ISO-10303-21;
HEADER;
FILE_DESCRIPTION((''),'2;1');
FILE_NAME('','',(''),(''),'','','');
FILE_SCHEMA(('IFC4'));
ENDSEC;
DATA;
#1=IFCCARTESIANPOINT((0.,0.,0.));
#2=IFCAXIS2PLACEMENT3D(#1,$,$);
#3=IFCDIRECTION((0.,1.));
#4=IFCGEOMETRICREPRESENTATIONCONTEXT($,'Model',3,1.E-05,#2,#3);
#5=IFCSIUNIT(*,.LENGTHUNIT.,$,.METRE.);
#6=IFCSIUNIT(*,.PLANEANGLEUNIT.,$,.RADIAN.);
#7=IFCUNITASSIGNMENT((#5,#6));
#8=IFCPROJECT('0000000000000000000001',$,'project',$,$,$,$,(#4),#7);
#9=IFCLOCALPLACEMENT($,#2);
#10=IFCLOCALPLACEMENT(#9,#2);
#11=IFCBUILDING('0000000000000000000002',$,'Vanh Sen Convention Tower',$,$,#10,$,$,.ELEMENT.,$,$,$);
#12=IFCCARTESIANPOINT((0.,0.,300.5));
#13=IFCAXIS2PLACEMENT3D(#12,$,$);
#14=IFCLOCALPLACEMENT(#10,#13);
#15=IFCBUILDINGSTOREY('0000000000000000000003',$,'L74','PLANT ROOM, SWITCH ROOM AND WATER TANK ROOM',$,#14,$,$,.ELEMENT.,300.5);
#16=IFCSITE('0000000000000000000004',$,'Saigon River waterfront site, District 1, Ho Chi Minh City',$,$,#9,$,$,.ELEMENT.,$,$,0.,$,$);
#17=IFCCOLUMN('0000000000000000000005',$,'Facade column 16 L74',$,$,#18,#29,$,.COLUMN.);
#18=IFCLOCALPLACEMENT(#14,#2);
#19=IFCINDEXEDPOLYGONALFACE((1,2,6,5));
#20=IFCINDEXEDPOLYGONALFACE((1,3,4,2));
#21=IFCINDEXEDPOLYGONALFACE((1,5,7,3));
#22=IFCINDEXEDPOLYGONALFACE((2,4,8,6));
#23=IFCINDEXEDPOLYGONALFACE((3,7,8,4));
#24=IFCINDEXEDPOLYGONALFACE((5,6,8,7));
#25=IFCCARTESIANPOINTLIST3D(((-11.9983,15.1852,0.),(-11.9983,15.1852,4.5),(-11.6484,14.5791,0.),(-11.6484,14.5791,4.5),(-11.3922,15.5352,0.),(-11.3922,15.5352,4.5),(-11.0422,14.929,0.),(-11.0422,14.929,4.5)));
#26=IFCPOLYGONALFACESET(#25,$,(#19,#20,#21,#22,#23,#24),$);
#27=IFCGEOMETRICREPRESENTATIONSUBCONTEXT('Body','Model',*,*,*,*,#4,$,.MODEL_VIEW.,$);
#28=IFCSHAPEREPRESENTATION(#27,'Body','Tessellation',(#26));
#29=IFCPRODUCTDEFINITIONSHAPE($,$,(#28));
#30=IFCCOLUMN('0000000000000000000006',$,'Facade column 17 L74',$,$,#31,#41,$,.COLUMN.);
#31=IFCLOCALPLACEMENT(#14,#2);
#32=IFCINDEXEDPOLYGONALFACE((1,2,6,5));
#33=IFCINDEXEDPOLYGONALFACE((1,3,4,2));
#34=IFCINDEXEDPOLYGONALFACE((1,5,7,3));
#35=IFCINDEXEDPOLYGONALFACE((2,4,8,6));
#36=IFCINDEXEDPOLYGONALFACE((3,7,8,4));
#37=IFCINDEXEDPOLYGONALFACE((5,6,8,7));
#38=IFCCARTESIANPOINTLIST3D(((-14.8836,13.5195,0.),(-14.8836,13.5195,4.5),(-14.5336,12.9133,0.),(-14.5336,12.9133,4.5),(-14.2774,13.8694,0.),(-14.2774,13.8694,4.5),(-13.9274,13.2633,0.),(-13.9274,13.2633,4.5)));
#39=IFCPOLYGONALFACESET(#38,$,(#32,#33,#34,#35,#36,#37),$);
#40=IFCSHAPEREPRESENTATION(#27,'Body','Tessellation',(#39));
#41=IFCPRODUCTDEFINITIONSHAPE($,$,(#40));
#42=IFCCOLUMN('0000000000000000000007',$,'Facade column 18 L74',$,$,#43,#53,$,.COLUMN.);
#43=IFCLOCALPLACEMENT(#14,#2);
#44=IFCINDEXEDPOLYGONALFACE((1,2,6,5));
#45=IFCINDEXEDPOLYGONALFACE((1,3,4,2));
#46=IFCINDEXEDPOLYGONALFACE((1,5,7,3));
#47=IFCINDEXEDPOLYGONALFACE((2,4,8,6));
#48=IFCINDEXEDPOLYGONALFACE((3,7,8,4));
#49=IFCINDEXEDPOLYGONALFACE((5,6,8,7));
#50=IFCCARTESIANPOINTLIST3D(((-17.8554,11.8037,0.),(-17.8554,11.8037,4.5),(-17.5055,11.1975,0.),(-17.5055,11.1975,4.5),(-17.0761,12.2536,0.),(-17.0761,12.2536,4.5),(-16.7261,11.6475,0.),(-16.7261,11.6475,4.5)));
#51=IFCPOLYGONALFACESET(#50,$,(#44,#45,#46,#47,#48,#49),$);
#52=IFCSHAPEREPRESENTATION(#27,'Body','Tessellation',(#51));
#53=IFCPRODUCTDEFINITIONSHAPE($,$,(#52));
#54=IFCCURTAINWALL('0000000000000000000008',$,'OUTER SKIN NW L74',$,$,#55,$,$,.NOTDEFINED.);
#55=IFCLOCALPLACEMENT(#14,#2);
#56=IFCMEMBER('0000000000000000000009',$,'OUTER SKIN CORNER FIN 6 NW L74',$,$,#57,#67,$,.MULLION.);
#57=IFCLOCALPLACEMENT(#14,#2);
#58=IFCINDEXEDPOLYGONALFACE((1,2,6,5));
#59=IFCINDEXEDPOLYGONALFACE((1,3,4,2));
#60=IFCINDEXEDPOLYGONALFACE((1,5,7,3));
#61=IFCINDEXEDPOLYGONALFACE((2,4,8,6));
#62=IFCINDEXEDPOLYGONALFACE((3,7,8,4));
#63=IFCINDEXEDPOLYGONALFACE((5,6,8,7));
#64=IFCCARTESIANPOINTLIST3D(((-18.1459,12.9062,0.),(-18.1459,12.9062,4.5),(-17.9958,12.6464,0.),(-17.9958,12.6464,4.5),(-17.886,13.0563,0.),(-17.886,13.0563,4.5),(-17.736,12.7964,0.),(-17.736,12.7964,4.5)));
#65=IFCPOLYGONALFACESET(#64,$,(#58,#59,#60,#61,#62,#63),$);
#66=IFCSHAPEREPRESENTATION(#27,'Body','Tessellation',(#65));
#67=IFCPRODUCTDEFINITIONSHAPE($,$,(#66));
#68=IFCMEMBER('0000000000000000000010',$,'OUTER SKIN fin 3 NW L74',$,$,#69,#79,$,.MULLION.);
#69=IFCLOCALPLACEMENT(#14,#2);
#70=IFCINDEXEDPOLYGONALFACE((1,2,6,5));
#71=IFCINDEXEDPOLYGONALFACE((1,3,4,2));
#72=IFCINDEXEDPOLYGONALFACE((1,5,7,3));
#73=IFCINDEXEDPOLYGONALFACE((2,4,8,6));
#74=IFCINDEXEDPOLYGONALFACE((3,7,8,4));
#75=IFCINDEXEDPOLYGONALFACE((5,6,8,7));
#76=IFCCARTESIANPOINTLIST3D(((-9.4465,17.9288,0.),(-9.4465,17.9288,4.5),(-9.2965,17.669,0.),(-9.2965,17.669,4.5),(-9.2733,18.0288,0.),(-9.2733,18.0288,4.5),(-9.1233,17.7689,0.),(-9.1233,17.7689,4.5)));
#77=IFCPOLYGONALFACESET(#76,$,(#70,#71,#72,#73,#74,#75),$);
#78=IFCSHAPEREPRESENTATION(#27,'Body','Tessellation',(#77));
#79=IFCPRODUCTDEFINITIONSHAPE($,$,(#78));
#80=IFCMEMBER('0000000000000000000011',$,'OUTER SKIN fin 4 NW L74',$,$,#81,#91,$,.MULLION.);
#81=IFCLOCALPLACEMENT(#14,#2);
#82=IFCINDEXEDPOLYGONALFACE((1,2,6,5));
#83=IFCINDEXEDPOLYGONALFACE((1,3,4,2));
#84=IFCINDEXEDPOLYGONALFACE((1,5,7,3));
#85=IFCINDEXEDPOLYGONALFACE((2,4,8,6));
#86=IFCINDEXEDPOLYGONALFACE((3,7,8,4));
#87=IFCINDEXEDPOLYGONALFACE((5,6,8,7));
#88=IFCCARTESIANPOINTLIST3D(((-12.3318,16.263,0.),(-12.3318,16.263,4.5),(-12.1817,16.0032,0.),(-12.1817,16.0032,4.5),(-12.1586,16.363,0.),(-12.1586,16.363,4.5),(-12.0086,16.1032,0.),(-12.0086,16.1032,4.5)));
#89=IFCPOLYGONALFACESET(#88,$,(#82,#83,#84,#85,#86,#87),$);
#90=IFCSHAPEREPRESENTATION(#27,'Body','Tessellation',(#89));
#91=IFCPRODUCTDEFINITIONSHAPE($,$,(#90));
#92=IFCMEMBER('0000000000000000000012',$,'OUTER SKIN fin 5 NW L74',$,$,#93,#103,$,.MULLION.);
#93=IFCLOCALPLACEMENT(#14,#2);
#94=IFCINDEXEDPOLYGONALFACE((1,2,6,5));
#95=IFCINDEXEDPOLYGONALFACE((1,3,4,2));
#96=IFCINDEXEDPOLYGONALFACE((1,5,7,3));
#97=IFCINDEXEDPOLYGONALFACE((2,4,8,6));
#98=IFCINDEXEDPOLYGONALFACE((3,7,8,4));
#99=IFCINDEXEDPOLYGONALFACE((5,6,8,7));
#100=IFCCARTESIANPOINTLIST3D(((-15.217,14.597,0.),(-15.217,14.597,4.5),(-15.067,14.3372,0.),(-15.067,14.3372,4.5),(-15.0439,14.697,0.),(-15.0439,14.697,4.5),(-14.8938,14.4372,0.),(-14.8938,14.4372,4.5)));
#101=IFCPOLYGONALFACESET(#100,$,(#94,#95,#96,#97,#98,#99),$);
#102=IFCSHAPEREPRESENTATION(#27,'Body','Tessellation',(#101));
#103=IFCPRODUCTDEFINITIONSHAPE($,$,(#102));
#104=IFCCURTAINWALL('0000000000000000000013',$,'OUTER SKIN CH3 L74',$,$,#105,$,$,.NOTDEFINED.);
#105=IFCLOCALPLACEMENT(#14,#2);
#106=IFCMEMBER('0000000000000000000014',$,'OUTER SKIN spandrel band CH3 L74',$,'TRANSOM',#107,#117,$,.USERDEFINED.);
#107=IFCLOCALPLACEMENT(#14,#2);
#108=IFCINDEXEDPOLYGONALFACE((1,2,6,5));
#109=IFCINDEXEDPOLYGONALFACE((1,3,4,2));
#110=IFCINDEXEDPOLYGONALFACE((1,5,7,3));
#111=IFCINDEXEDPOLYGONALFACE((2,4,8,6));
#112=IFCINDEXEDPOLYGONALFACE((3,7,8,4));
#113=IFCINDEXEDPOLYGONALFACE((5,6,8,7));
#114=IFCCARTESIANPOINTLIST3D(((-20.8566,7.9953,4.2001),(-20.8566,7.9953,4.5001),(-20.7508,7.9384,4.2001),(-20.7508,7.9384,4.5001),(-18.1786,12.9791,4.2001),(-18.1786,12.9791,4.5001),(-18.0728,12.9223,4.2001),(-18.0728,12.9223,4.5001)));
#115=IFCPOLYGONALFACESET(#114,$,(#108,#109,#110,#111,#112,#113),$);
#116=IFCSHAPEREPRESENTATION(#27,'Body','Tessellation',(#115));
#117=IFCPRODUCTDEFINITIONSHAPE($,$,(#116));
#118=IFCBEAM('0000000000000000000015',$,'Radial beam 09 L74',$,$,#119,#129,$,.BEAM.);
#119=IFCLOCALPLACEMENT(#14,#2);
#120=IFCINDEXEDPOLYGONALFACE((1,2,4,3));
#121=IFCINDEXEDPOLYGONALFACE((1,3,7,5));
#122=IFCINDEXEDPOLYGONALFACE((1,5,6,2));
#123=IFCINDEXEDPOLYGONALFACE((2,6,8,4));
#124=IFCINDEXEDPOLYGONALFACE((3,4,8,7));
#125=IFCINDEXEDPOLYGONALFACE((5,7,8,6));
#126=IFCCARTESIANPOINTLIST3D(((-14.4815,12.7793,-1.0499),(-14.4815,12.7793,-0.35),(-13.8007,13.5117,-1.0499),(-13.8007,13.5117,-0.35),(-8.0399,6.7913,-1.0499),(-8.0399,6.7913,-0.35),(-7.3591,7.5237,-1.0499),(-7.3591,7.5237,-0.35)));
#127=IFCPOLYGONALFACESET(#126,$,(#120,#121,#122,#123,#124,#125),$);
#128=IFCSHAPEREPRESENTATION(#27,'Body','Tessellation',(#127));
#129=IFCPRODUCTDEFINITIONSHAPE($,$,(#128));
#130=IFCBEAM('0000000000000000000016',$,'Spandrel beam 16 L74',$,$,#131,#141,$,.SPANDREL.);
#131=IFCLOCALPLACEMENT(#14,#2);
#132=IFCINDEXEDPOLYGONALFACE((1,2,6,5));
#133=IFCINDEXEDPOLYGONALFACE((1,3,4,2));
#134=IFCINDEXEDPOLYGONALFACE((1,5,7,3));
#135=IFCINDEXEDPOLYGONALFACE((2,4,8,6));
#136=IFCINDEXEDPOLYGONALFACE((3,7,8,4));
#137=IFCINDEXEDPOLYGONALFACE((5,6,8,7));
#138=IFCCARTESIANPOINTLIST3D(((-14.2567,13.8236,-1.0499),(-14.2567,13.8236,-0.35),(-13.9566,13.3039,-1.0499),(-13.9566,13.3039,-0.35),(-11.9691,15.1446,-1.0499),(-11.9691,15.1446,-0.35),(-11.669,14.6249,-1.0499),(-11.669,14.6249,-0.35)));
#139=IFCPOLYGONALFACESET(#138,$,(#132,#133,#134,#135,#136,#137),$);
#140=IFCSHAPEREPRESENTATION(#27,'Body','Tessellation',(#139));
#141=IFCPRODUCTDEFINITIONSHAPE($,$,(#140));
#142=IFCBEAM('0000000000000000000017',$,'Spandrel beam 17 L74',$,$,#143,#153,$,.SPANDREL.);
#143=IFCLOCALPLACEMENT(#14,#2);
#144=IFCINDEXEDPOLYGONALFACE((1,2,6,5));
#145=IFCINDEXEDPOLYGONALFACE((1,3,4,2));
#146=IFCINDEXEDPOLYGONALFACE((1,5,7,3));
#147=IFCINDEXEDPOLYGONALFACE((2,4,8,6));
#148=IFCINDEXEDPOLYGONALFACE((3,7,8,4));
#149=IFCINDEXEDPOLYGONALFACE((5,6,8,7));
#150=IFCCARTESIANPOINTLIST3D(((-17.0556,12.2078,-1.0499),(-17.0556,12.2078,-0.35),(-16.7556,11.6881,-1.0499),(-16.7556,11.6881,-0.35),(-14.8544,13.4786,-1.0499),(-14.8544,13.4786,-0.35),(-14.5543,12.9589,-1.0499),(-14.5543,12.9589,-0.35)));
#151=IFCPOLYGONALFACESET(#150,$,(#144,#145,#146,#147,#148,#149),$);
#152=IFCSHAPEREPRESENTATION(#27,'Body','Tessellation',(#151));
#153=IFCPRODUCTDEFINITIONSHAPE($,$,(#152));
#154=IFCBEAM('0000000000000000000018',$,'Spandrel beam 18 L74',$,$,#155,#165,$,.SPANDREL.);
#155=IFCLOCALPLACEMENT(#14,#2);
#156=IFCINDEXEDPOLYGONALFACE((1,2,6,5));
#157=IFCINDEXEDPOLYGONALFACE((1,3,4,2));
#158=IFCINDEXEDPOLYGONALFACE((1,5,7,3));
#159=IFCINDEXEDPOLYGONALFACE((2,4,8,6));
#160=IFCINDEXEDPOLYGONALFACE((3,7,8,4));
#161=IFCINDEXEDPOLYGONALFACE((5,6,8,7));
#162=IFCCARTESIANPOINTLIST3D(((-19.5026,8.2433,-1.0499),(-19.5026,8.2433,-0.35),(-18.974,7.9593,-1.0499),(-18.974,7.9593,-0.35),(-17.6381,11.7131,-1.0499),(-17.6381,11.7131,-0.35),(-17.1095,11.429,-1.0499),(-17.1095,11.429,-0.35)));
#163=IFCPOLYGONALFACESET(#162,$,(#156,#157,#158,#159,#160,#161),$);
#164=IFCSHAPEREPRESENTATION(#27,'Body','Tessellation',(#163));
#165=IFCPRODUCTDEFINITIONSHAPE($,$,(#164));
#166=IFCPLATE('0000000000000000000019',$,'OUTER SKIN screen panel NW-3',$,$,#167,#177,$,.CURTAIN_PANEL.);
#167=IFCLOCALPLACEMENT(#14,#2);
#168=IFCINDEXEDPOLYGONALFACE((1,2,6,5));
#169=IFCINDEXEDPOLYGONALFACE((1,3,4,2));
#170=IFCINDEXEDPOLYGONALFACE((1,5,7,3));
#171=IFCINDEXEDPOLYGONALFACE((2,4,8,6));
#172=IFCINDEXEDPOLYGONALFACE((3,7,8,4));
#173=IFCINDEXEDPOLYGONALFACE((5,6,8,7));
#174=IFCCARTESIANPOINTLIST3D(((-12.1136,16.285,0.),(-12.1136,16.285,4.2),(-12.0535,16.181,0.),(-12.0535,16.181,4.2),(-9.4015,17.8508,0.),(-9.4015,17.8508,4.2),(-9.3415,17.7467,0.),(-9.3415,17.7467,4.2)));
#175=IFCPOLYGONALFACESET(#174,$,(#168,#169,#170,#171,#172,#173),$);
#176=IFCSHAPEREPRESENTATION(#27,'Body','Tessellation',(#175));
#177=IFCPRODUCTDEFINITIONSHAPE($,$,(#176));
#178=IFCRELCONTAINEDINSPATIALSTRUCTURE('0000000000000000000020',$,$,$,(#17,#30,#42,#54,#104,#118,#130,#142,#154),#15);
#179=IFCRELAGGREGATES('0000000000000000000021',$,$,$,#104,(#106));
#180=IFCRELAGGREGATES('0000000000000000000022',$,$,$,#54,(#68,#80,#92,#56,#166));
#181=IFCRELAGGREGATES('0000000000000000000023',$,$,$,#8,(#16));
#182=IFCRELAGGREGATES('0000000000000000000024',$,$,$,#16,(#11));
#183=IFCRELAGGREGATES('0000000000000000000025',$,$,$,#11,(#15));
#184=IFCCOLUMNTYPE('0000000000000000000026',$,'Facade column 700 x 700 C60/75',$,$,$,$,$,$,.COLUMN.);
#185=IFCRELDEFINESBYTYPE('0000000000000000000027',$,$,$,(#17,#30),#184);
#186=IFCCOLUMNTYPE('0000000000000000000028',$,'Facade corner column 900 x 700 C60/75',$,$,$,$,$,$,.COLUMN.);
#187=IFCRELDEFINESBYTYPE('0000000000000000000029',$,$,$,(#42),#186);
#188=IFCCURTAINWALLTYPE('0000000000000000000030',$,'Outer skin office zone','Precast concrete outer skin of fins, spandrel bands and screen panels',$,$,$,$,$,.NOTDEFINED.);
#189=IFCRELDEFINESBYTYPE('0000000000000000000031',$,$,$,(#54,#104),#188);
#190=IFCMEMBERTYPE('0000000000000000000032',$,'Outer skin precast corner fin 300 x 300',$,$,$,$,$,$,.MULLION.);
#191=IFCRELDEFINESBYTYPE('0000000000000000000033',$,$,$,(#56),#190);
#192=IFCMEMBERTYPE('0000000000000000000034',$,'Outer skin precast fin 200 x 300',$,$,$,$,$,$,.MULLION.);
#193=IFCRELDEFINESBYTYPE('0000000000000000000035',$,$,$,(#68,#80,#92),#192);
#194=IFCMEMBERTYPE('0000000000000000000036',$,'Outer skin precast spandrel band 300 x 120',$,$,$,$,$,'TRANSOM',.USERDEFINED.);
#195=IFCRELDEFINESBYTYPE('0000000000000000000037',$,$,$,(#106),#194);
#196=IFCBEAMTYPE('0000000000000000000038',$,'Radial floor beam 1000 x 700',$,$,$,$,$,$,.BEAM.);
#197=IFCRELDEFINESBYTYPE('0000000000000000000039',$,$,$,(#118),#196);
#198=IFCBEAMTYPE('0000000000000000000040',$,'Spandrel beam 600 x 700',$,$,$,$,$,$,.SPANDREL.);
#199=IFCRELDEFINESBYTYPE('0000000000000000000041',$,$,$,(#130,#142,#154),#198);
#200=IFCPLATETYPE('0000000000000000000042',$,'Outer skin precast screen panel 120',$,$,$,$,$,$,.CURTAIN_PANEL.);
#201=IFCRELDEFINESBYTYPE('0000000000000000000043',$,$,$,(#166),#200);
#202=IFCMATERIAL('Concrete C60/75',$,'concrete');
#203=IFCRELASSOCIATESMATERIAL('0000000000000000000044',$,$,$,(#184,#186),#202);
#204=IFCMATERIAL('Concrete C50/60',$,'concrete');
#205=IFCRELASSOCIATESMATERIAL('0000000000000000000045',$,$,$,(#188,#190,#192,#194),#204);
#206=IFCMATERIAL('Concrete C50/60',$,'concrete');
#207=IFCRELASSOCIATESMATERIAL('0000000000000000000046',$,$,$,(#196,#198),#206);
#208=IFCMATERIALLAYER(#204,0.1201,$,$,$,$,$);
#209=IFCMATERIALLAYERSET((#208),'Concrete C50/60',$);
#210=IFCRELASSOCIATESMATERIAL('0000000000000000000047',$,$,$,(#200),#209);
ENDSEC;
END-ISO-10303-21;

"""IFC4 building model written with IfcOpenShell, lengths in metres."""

from ifc_helpers import new_model, si_unit, direction, frame, origin, origin_2d, place, context, subcontext, project, spatial, rectangle, extrude, material, layer, layer_set, material_profile, profile_set, type_object, element, aggregate, save


model = new_model("IFC4")

# Units and contexts
model_context = context("Model", 3, precision=1e-05, world=origin(), true_north=direction((0.0, 1.0)))
body_context = subcontext(model_context, "Body", "Model", "MODEL_VIEW")
ifc_project = project(units=[si_unit("LENGTHUNIT", "METRE"), si_unit("PLANEANGLEUNIT", "RADIAN")], contexts=[model_context])

# Site, building, storey
site_placement = place(None, origin())
site = spatial("IfcSite", under=ifc_project, at=site_placement, Name="Saigon River waterfront site, District 1, Ho Chi Minh City", CompositionType="ELEMENT", RefElevation=0.0)
building_placement = place(site_placement, origin())
building = spatial("IfcBuilding", under=site, at=building_placement, Name="Vanh Sen Convention Tower", CompositionType="ELEMENT")
storey_placement = place(building_placement, frame((0.0, 0.0, 300.5)))
storey = spatial("IfcBuildingStorey", under=building, at=storey_placement, Name="L74", Description="PLANT ROOM, SWITCH ROOM AND WATER TANK ROOM", CompositionType="ELEMENT", Elevation=300.5)

# Columns
ifc_material_1 = material(Name="Concrete C60/75", Category="concrete")
ifc_material_profile_1 = material_profile(ifc_material_1, rectangle(XDim=0.7, YDim=0.7, at=origin_2d()), Name="RC 700X700")
ifc_profile_set_1 = profile_set([ifc_material_profile_1], Name="Concrete C60/75")
column_type_1 = type_object("IfcColumnType", Name="Facade column 700 x 700 C60/75", PredefinedType="COLUMN", material=ifc_profile_set_1)
for number, where, z_axis, x_axis, name in (
    (1, (-11.5203, 15.0571, 0.0), (0.0, 0.0, 1.0), (-0.866025, -0.5, 0.0), "Facade column 16 L74"),
    (2, (-14.4055, 13.3914, 0.0), (0.0, 0.0, 1.0), (-0.866025, -0.5, 0.0), "Facade column 17 L74"),
):
    element("IfcColumn", number, at=place(storey_placement, frame(where, z_axis=z_axis, x_axis=x_axis)), inside=storey, type_object=column_type_1, Name=name, PredefinedType="COLUMN", context=body_context, shape_type="SweptSolid", body=[
        extrude(rectangle(XDim=0.7, YDim=0.7, at=origin_2d()), origin(), (0.0, 0.0, 1.0), 4.5),
    ])
ifc_material_profile_2 = material_profile(ifc_material_1, rectangle(XDim=0.8999, YDim=0.7, at=origin_2d()), Name="RC 900X700")
ifc_profile_set_2 = profile_set([ifc_material_profile_2], Name="Concrete C60/75")
column_type_2 = type_object("IfcColumnType", Name="Facade corner column 900 x 700 C60/75", PredefinedType="COLUMN", material=ifc_profile_set_2)
column_placement = place(storey_placement, frame((-17.2908, 11.7256, 0.0), z_axis=(0.0, 0.0, 1.0), x_axis=(-0.866025, -0.5, 0.0)))
element("IfcColumn", 3, at=column_placement, inside=storey, type_object=column_type_2, Name="Facade column 18 L74", PredefinedType="COLUMN", context=body_context, shape_type="SweptSolid", body=[
    extrude(rectangle(XDim=0.8999, YDim=0.7, at=origin_2d()), origin(), (0.0, 0.0, 1.0), 4.5),
])

# Curtain wall, members
ifc_material_2 = material(Name="Concrete C50/60", Category="concrete")
curtain_wall_type = type_object("IfcCurtainWallType", Name="Outer skin office zone", Description="Precast concrete outer skin of fins, spandrel bands and screen panels", PredefinedType="NOTDEFINED", material=ifc_material_2)
curtain_wall_1_placement = place(storey_placement, origin())
curtain_wall_1 = element("IfcCurtainWall", 4, at=curtain_wall_1_placement, inside=storey, type_object=curtain_wall_type, Name="OUTER SKIN NW L74", PredefinedType="NOTDEFINED")
ifc_material_profile_3 = material_profile(ifc_material_2, rectangle(XDim=0.3, YDim=0.3, at=origin_2d()), Name="Outer skin precast corner fin 300 x 300")
ifc_profile_set_3 = profile_set([ifc_material_profile_3], Name="Concrete C50/60")
member_type_1 = type_object("IfcMemberType", Name="Outer skin precast corner fin 300 x 300", PredefinedType="MULLION", material=ifc_profile_set_3)
member_1_placement = place(storey_placement, frame((-17.9409, 12.8513, 0.0), z_axis=(0.0, 0.0, 1.0), x_axis=(-0.866025, -0.5, 0.0)))
member_1 = element("IfcMember", 5, at=member_1_placement, type_object=member_type_1, Name="OUTER SKIN CORNER FIN 6 NW L74", PredefinedType="MULLION", context=body_context, shape_type="SweptSolid", body=[
    extrude(rectangle(XDim=0.3, YDim=0.3, at=origin_2d()), origin(), (0.0, 0.0, 1.0), 4.5),
])
ifc_material_profile_4 = material_profile(ifc_material_2, rectangle(XDim=0.2, YDim=0.3, at=origin_2d()), Name="Outer skin precast fin 200 x 300")
ifc_profile_set_4 = profile_set([ifc_material_profile_4], Name="Concrete C50/60")
member_type_2 = type_object("IfcMemberType", Name="Outer skin precast fin 200 x 300", PredefinedType="MULLION", material=ifc_profile_set_4)
member_2_placement = place(storey_placement, frame((-9.2849, 17.8489, 0.0), z_axis=(0.0, 0.0, 1.0), x_axis=(-0.866025, -0.5, 0.0)))
member_2 = element("IfcMember", 6, at=member_2_placement, type_object=member_type_2, Name="OUTER SKIN fin 3 NW L74", PredefinedType="MULLION", context=body_context, shape_type="SweptSolid", body=[
    extrude(rectangle(XDim=0.2, YDim=0.3, at=origin_2d()), origin(), (0.0, 0.0, 1.0), 4.5),
])
member_3_placement = place(storey_placement, frame((-12.1702, 16.1831, 0.0), z_axis=(0.0, 0.0, 1.0), x_axis=(-0.866025, -0.5, 0.0)))
member_3 = element("IfcMember", 7, at=member_3_placement, type_object=member_type_2, Name="OUTER SKIN fin 4 NW L74", PredefinedType="MULLION", context=body_context, shape_type="SweptSolid", body=[
    extrude(rectangle(XDim=0.2, YDim=0.3, at=origin_2d()), origin(), (0.0, 0.0, 1.0), 4.5),
])
member_4_placement = place(storey_placement, frame((-15.0554, 14.5171, 0.0), z_axis=(0.0, 0.0, 1.0), x_axis=(-0.866025, -0.5, 0.0)))
member_4 = element("IfcMember", 8, at=member_4_placement, type_object=member_type_2, Name="OUTER SKIN fin 5 NW L74", PredefinedType="MULLION", context=body_context, shape_type="SweptSolid", body=[
    extrude(rectangle(XDim=0.2, YDim=0.3, at=origin_2d()), origin(), (0.0, 0.0, 1.0), 4.5),
])

# Curtain wall, member
curtain_wall_2_placement = place(storey_placement, origin())
curtain_wall_2 = element("IfcCurtainWall", 9, at=curtain_wall_2_placement, inside=storey, type_object=curtain_wall_type, Name="OUTER SKIN CH3 L74", PredefinedType="NOTDEFINED")
ifc_material_profile_5 = material_profile(ifc_material_2, rectangle(XDim=0.1201, YDim=0.3, at=origin_2d()), Name="Outer skin precast spandrel band 300 x 120")
ifc_profile_set_5 = profile_set([ifc_material_profile_5], Name="Concrete C50/60")
member_type_3 = type_object("IfcMemberType", Name="Outer skin precast spandrel band 300 x 120", ElementType="TRANSOM", PredefinedType="USERDEFINED", material=ifc_profile_set_5)
member_5_placement = place(storey_placement, frame((-18.1257, 12.9507, 4.3501), z_axis=(-0.473325, -0.880888, 0.0), x_axis=(0.880888, -0.473325, 0.0)))
member_5 = element("IfcMember", 10, at=member_5_placement, type_object=member_type_3, Name="OUTER SKIN spandrel band CH3 L74", ObjectType="TRANSOM", PredefinedType="USERDEFINED", context=body_context, shape_type="SweptSolid", body=[
    extrude(rectangle(XDim=0.1201, YDim=0.3, at=origin_2d()), origin(), (0.0, 0.0, 1.0), 5.6577),
])
aggregate(curtain_wall_2, [member_5])

# Beams
ifc_material_3 = material(Name="Concrete C50/60", Category="concrete")
ifc_material_profile_6 = material_profile(ifc_material_3, rectangle(XDim=1.0, YDim=0.7, at=origin_2d()), Name="RC 1000X700")
ifc_profile_set_6 = profile_set([ifc_material_profile_6], Name="Concrete C50/60")
beam_type_1 = type_object("IfcBeamType", Name="Radial floor beam 1000 x 700", PredefinedType="BEAM", material=ifc_profile_set_6)
beam_1_placement = place(storey_placement, frame((-14.1411, 13.1455, -0.7), z_axis=(0.732425, -0.680848, 0.0), x_axis=(0.680848, 0.732425, 0.0)))
element("IfcBeam", 11, at=beam_1_placement, inside=storey, type_object=beam_type_1, Name="Radial beam 09 L74", PredefinedType="BEAM", context=body_context, shape_type="SweptSolid", body=[
    extrude(rectangle(XDim=1.0, YDim=0.7, at=origin_2d()), origin(), (0.0, 0.0, 1.0), 8.7949),
])
ifc_material_profile_7 = material_profile(ifc_material_3, rectangle(XDim=0.6001, YDim=0.7, at=origin_2d()), Name="RC 600X700")
ifc_profile_set_7 = profile_set([ifc_material_profile_7], Name="Concrete C50/60")
beam_type_2 = type_object("IfcBeamType", Name="Spandrel beam 600 x 700", PredefinedType="SPANDREL", material=ifc_profile_set_7)
beam_2_placement = place(storey_placement, frame((-11.8191, 14.8848, -0.7), z_axis=(-0.865976, -0.500085, 0.0), x_axis=(0.500085, -0.865976, 0.0)))
element("IfcBeam", 12, at=beam_2_placement, inside=storey, type_object=beam_type_2, Name="Spandrel beam 16 L74", PredefinedType="SPANDREL", context=body_context, shape_type="SweptSolid", body=[
    extrude(rectangle(XDim=0.6001, YDim=0.7, at=origin_2d()), origin(), (0.0, 0.0, 1.0), 2.6416),
])
beam_3_placement = place(storey_placement, frame((-14.7043, 13.2188, -0.7), z_axis=(-0.866042, -0.499972, 0.0), x_axis=(0.499972, -0.866042, 0.0)))
element("IfcBeam", 13, at=beam_3_placement, inside=storey, type_object=beam_type_2, Name="Spandrel beam 17 L74", PredefinedType="SPANDREL", context=body_context, shape_type="SweptSolid", body=[
    extrude(rectangle(XDim=0.6001, YDim=0.7, at=origin_2d()), origin(), (0.0, 0.0, 1.0), 2.5417),
])
beam_4_placement = place(storey_placement, frame((-17.3738, 11.571, -0.7), z_axis=(-0.473349, -0.880875, 0.0), x_axis=(0.880875, -0.473349, 0.0)))
element("IfcBeam", 14, at=beam_4_placement, inside=storey, type_object=beam_type_2, Name="Spandrel beam 18 L74", PredefinedType="SPANDREL", context=body_context, shape_type="SweptSolid", body=[
    extrude(rectangle(XDim=0.6001, YDim=0.7, at=origin_2d()), origin(), (0.0, 0.0, 1.0), 3.939),
])

# Plate
ifc_layer_1 = layer(ifc_material_2, 0.1201)
ifc_layer_set_1 = layer_set([ifc_layer_1], Name="Concrete C50/60")
plate_type = type_object("IfcPlateType", Name="Outer skin precast screen panel 120", PredefinedType="CURTAIN_PANEL", material=ifc_layer_set_1)
plate_1_placement = place(storey_placement, frame((-10.7275, 17.0159, 0.0), z_axis=(0.0, 0.0, 1.0), x_axis=(-0.866029, -0.499994, 0.0)))
plate_1 = element("IfcPlate", 15, at=plate_1_placement, type_object=plate_type, Name="OUTER SKIN screen panel NW-3", PredefinedType="CURTAIN_PANEL", context=body_context, shape_type="SweptSolid", body=[
    extrude(rectangle(XDim=3.1316, YDim=0.1201, at=origin_2d()), origin(), (0.0, 0.0, 1.0), 4.2),
])
aggregate(curtain_wall_1, [member_2, member_3, member_4, member_1, plate_1])

save(model, "model.ifc")
